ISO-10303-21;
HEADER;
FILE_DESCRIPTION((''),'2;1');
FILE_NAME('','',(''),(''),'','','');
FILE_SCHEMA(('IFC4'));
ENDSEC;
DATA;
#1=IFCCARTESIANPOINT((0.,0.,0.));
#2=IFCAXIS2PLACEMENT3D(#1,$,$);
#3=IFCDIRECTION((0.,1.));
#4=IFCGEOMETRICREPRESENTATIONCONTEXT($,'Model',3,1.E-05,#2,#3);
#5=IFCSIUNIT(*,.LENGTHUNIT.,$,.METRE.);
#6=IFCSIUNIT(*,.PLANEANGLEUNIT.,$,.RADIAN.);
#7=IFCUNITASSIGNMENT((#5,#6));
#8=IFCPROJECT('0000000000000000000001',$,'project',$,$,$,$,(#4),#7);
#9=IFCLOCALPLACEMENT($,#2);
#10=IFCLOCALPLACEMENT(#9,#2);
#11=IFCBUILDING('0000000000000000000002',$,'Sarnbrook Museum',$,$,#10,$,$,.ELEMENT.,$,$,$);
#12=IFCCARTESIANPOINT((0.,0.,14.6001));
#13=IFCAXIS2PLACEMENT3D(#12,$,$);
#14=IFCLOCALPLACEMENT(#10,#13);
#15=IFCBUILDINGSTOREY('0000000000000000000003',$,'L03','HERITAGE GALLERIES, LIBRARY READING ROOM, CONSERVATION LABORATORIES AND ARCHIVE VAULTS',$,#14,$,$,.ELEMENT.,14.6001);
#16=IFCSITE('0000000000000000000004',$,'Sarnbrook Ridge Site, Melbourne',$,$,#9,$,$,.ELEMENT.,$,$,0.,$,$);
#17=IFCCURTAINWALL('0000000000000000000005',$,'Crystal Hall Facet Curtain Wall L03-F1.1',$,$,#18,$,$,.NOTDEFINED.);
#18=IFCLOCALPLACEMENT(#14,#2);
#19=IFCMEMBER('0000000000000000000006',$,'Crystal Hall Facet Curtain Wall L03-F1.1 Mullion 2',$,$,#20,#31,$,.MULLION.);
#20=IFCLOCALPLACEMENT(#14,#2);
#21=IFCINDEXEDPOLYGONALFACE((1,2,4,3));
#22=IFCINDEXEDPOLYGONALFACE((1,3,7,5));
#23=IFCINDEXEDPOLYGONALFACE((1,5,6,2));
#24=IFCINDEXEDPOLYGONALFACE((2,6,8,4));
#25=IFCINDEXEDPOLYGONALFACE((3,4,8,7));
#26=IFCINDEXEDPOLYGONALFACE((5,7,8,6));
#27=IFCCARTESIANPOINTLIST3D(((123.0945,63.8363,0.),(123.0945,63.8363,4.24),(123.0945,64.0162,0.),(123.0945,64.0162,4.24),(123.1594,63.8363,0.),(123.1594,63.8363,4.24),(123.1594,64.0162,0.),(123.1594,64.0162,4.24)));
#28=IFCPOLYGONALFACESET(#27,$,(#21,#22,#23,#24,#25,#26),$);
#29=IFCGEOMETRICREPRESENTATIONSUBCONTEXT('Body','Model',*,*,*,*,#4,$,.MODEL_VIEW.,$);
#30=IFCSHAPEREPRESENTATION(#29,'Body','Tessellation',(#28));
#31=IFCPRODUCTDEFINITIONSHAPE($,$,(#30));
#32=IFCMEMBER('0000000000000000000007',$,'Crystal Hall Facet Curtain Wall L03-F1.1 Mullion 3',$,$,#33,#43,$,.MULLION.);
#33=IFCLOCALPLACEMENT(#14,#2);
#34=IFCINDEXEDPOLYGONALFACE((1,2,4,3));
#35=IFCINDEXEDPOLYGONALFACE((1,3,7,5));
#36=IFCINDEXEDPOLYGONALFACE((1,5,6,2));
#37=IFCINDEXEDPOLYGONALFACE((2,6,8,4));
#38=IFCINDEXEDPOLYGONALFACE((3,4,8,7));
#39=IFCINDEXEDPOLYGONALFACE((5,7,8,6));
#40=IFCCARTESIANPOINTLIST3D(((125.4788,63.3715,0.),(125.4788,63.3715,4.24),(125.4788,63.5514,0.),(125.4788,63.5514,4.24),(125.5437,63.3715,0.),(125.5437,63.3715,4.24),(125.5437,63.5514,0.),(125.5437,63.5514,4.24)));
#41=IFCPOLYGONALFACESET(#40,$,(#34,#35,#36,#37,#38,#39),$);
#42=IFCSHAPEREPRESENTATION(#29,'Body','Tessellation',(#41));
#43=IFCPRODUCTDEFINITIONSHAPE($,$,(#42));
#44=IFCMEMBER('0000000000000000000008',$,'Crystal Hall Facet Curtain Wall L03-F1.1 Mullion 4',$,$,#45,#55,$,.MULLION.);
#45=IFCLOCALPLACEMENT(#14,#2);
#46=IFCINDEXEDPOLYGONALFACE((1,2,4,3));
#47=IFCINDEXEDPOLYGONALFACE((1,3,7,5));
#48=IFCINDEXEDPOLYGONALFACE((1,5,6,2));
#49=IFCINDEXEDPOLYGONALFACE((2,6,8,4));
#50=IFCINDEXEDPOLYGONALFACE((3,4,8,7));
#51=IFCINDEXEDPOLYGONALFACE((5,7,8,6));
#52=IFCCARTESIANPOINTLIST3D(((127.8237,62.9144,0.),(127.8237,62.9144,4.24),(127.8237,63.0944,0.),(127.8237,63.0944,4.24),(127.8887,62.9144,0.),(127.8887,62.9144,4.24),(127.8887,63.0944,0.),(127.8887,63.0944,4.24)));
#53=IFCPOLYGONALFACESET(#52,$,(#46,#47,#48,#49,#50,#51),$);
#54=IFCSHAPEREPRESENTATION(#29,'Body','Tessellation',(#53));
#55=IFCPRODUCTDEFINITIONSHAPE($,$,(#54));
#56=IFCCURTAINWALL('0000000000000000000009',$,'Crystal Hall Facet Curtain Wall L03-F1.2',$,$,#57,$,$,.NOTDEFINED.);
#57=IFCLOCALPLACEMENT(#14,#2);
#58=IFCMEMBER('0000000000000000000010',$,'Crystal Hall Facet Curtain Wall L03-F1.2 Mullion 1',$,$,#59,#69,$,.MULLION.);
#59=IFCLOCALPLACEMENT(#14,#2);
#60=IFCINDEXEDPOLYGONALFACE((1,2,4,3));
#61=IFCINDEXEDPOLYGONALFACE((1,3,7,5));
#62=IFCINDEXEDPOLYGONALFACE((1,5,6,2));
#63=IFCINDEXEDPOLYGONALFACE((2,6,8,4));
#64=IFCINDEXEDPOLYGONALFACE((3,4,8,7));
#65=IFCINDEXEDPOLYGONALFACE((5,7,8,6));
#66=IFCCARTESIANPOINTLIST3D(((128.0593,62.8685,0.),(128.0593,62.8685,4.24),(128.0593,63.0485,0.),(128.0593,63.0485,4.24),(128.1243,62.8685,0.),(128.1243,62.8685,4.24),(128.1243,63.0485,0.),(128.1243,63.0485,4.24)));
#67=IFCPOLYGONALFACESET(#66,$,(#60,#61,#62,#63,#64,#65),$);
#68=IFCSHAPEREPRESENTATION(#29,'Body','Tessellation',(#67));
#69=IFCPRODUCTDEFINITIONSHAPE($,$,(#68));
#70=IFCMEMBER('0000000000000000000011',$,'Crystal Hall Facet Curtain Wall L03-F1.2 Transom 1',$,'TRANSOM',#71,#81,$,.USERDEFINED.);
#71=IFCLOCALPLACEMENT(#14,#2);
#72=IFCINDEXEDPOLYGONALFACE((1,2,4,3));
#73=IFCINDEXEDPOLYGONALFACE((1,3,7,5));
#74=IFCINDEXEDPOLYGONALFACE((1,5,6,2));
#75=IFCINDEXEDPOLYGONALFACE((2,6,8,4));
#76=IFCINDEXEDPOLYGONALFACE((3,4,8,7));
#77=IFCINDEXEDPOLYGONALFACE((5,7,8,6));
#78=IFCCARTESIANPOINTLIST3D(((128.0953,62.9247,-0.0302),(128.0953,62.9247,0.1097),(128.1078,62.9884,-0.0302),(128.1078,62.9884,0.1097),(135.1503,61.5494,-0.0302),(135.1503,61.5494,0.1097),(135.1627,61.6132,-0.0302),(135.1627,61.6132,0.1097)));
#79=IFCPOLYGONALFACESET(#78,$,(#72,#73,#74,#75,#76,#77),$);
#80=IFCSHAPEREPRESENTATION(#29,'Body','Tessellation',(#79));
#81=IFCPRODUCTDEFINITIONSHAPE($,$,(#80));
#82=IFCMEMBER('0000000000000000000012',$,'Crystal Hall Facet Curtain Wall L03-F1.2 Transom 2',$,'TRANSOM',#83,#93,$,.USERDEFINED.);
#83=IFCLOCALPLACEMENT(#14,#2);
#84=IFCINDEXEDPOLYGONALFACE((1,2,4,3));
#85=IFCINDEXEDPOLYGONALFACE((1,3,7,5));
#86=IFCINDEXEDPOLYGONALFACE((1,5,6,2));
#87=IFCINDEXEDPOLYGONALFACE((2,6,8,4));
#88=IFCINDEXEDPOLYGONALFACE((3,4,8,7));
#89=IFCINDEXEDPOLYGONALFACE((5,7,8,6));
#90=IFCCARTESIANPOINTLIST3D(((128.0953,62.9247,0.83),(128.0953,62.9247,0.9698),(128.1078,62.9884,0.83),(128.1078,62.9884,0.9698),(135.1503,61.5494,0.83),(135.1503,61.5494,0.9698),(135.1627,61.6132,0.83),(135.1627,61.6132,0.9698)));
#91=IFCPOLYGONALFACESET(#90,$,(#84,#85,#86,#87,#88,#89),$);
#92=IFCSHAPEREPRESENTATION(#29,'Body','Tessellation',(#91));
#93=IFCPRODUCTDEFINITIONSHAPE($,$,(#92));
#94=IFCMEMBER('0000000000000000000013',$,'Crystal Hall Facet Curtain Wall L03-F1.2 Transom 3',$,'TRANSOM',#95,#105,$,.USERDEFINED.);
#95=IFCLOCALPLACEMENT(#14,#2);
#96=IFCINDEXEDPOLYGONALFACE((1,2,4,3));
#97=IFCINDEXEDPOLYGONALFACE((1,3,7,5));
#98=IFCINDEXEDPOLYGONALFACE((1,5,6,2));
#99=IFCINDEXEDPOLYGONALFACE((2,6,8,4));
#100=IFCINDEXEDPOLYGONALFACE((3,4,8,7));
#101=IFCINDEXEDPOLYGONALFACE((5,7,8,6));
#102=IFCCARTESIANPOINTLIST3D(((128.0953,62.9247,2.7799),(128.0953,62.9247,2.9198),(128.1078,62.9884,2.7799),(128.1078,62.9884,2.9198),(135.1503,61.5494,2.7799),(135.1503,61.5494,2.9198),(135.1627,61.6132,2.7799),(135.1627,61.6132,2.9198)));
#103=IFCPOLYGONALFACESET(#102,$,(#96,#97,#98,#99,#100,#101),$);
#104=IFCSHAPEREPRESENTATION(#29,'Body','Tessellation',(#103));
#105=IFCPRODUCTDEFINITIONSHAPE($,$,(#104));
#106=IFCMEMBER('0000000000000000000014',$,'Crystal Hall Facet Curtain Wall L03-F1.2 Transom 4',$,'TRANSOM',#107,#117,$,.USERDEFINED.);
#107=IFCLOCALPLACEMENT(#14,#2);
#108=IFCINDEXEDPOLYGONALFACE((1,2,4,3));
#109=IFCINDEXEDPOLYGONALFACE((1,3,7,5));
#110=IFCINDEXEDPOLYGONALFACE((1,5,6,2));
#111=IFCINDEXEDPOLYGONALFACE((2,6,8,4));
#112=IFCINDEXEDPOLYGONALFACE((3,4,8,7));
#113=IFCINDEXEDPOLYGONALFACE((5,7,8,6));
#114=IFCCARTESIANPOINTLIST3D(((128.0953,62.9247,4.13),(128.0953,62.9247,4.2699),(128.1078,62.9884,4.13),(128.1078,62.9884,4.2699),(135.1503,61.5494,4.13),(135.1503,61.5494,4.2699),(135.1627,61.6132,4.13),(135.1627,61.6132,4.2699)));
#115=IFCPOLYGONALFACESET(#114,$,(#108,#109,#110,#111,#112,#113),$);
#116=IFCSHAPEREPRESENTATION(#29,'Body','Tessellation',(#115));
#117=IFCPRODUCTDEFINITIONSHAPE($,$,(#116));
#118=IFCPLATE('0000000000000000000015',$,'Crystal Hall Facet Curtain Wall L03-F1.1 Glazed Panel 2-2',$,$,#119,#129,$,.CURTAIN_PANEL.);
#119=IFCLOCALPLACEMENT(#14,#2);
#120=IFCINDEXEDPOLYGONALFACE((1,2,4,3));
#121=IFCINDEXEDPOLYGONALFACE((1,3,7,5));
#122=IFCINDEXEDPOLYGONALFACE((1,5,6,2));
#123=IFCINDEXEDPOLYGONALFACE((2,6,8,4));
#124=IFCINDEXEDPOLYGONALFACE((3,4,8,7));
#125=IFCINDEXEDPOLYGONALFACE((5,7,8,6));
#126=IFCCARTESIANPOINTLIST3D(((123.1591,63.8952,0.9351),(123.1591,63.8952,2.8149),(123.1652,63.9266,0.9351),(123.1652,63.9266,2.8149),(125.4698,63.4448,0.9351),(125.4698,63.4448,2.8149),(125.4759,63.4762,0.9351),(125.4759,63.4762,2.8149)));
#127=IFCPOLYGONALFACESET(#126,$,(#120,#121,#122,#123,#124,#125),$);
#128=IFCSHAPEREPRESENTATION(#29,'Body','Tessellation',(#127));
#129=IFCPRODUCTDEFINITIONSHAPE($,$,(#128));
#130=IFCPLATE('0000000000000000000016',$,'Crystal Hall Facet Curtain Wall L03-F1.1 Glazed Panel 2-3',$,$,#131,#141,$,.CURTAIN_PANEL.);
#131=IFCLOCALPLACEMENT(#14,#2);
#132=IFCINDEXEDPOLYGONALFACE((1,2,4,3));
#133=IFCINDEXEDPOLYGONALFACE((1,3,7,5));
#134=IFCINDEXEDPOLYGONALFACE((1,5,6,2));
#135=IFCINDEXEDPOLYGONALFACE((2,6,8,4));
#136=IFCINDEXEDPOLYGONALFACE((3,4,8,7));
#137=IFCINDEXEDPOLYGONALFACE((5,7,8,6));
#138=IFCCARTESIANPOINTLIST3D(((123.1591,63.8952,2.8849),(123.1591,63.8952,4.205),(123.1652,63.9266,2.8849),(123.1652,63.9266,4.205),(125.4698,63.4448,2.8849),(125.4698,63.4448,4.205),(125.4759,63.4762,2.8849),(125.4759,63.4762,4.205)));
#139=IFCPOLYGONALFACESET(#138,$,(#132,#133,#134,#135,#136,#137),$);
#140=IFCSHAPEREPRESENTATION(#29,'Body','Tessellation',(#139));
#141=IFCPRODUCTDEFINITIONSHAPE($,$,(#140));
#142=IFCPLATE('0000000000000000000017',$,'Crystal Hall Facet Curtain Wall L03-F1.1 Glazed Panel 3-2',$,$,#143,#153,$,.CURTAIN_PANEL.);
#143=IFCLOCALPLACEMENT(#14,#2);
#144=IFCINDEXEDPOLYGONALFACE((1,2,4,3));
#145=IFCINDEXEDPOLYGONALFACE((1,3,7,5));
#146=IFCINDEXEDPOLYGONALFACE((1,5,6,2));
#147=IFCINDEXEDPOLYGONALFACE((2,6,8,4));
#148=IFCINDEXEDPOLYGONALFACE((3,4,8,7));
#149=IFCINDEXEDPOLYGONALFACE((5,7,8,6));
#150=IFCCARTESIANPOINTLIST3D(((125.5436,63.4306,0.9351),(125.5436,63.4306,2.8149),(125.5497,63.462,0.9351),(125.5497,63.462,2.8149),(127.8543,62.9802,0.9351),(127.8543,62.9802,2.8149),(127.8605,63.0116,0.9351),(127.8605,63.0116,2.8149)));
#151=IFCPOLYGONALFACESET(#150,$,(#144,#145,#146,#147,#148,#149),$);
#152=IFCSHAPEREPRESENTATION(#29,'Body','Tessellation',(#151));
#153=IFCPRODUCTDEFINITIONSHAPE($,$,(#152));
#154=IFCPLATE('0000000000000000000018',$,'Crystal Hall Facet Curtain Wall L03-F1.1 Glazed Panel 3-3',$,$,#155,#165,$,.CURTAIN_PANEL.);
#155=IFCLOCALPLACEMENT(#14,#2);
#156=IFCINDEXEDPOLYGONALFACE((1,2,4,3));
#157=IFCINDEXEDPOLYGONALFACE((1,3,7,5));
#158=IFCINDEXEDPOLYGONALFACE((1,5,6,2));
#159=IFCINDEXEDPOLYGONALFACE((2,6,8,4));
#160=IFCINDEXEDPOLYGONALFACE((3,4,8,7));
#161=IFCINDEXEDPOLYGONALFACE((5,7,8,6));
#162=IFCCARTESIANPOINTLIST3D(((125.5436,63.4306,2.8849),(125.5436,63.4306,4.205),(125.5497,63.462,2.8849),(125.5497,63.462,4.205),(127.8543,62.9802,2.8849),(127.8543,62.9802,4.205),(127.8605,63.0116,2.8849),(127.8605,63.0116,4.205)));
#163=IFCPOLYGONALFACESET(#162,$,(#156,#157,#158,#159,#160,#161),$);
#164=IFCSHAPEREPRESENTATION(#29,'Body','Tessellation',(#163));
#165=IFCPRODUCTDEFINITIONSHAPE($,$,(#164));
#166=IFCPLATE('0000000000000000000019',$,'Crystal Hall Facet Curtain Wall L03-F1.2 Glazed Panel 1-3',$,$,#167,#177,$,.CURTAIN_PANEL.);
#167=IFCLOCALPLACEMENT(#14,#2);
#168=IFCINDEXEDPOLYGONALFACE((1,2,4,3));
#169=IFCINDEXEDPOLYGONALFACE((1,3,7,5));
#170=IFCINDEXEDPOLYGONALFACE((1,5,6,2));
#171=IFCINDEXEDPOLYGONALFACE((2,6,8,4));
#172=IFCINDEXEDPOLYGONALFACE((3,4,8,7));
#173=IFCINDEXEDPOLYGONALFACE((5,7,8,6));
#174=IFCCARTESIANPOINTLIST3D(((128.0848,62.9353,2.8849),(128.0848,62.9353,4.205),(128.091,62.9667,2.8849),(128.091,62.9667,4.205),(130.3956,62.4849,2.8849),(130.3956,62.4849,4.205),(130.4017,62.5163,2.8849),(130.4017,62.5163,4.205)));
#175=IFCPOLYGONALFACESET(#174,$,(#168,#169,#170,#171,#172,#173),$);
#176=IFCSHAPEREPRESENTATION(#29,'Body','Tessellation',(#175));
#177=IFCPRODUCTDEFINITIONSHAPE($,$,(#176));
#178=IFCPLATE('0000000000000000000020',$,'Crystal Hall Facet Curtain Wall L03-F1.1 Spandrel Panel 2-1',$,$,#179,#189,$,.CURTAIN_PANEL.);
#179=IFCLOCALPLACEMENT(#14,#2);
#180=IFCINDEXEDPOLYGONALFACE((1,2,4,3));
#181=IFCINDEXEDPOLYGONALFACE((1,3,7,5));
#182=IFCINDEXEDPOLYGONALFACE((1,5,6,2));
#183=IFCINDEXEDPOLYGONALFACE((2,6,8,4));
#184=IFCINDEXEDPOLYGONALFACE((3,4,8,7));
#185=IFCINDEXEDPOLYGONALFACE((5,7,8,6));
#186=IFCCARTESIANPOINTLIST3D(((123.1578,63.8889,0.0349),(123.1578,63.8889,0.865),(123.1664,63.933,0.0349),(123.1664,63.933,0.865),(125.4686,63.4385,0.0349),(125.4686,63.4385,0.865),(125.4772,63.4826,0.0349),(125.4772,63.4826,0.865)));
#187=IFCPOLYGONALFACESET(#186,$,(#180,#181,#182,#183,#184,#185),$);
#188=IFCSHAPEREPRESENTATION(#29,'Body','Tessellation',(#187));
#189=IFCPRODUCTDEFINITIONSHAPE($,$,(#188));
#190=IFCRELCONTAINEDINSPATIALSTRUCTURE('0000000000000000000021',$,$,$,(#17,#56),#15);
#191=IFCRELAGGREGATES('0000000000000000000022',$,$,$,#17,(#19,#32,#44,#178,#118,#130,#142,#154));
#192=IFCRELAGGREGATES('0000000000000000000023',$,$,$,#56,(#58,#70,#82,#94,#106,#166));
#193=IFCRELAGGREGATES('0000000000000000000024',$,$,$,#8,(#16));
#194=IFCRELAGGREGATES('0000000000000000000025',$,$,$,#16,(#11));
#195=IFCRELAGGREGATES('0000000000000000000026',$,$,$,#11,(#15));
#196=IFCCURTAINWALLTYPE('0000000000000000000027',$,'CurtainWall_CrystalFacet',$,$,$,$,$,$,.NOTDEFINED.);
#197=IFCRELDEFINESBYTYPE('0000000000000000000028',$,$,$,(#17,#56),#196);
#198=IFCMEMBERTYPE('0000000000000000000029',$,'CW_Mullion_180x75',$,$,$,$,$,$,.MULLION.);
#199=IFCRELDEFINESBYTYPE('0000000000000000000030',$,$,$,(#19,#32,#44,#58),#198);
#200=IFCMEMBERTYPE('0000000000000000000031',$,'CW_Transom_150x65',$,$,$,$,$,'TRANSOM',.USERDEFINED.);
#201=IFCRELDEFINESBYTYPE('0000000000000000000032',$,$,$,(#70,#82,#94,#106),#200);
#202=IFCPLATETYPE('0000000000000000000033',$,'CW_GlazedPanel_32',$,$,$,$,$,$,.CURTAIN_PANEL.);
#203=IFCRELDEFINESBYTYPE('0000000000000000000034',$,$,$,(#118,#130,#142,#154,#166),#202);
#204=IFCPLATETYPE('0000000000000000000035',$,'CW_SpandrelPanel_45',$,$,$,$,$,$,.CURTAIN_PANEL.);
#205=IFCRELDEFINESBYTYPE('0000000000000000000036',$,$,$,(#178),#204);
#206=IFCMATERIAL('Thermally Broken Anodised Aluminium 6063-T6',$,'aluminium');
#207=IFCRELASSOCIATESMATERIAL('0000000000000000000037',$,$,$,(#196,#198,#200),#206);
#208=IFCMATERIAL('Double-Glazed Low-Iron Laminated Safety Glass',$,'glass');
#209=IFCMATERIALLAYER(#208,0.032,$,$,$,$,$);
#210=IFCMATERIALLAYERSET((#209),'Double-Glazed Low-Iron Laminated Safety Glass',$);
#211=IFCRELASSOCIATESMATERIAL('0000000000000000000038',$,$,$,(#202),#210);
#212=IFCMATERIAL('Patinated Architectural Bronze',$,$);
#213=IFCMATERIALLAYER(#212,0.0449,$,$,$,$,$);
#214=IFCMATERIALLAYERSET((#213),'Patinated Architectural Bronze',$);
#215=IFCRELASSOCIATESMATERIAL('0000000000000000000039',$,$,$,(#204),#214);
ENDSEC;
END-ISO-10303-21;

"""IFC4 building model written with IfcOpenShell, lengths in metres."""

from ifc_helpers import new_model, si_unit, direction, frame, origin, origin_2d, place, context, subcontext, project, spatial, rectangle, extrude, material, layer, layer_set, material_profile, profile_set, type_object, element, aggregate, save


model = new_model("IFC4")

# Units and contexts
model_context = context("Model", 3, precision=1e-05, world=origin(), true_north=direction((0.0, 1.0)))
body_context = subcontext(model_context, "Body", "Model", "MODEL_VIEW")
ifc_project = project(units=[si_unit("LENGTHUNIT", "METRE"), si_unit("PLANEANGLEUNIT", "RADIAN")], contexts=[model_context])

# Site, building, storey
site_placement = place(None, origin())
site = spatial("IfcSite", under=ifc_project, at=site_placement, Name="Sarnbrook Ridge Site, Melbourne", CompositionType="ELEMENT", RefElevation=0.0)
building_placement = place(site_placement, origin())
building = spatial("IfcBuilding", under=site, at=building_placement, Name="Sarnbrook Museum", CompositionType="ELEMENT")
storey_placement = place(building_placement, frame((0.0, 0.0, 14.6001)))
storey = spatial("IfcBuildingStorey", under=building, at=storey_placement, Name="L03", Description="HERITAGE GALLERIES, LIBRARY READING ROOM, CONSERVATION LABORATORIES AND ARCHIVE VAULTS", CompositionType="ELEMENT", Elevation=14.6001)

# Curtain walls, members
ifc_material_1 = material(Name="Thermally Broken Anodised Aluminium 6063-T6", Category="aluminium")
curtain_wall_type = type_object("IfcCurtainWallType", Name="CurtainWall_CrystalFacet", PredefinedType="NOTDEFINED", material=ifc_material_1)
curtain_wall_1_placement = place(storey_placement, origin())
curtain_wall_1 = element("IfcCurtainWall", 1, at=curtain_wall_1_placement, inside=storey, type_object=curtain_wall_type, Name="Crystal Hall Facet Curtain Wall L03-F1.1", PredefinedType="NOTDEFINED")
ifc_material_profile_1 = material_profile(ifc_material_1, rectangle(XDim=0.0649, YDim=0.1799, at=origin_2d()), Name="ALU MULLION 65x180")
ifc_profile_set_1 = profile_set([ifc_material_profile_1], Name="Thermally Broken Anodised Aluminium 6063-T6")
member_type_1 = type_object("IfcMemberType", Name="CW_Mullion_180x75", PredefinedType="MULLION", material=ifc_profile_set_1)
member_1_placement = place(storey_placement, frame((123.127, 63.9263, 0.0), z_axis=(0.0, 0.0, 1.0), x_axis=(1.0, 0.0, 0.0)))
member_1 = element("IfcMember", 2, at=member_1_placement, type_object=member_type_1, Name="Crystal Hall Facet Curtain Wall L03-F1.1 Mullion 2", PredefinedType="MULLION", context=body_context, shape_type="SweptSolid", body=[
    extrude(rectangle(XDim=0.0649, YDim=0.1799, at=origin_2d()), origin(), (0.0, 0.0, 1.0), 4.24),
])
member_2_placement = place(storey_placement, frame((125.5112, 63.4614, 0.0), z_axis=(0.0, 0.0, 1.0), x_axis=(1.0, 0.0, 0.0)))
member_2 = element("IfcMember", 3, at=member_2_placement, type_object=member_type_1, Name="Crystal Hall Facet Curtain Wall L03-F1.1 Mullion 3", PredefinedType="MULLION", context=body_context, shape_type="SweptSolid", body=[
    extrude(rectangle(XDim=0.0649, YDim=0.1799, at=origin_2d()), origin(), (0.0, 0.0, 1.0), 4.24),
])
member_3_placement = place(storey_placement, frame((127.8562, 63.0044, 0.0), z_axis=(0.0, 0.0, 1.0), x_axis=(1.0, 0.0, 0.0)))
member_3 = element("IfcMember", 4, at=member_3_placement, type_object=member_type_1, Name="Crystal Hall Facet Curtain Wall L03-F1.1 Mullion 4", PredefinedType="MULLION", context=body_context, shape_type="SweptSolid", body=[
    extrude(rectangle(XDim=0.0649, YDim=0.1799, at=origin_2d()), origin(), (0.0, 0.0, 1.0), 4.24),
])
curtain_wall_2_placement = place(storey_placement, origin())
curtain_wall_2 = element("IfcCurtainWall", 5, at=curtain_wall_2_placement, inside=storey, type_object=curtain_wall_type, Name="Crystal Hall Facet Curtain Wall L03-F1.2", PredefinedType="NOTDEFINED")
member_4_placement = place(storey_placement, frame((128.0918, 62.9585, 0.0), z_axis=(0.0, 0.0, 1.0), x_axis=(1.0, 0.0, 0.0)))
member_4 = element("IfcMember", 6, at=member_4_placement, type_object=member_type_1, Name="Crystal Hall Facet Curtain Wall L03-F1.2 Mullion 1", PredefinedType="MULLION", context=body_context, shape_type="SweptSolid", body=[
    extrude(rectangle(XDim=0.0649, YDim=0.1799, at=origin_2d()), origin(), (0.0, 0.0, 1.0), 4.24),
])
ifc_material_profile_2 = material_profile(ifc_material_1, rectangle(XDim=0.0649, YDim=0.1399, at=origin_2d()), Name="ALU TRANSOM 65x140")
ifc_profile_set_2 = profile_set([ifc_material_profile_2], Name="Thermally Broken Anodised Aluminium 6063-T6")
member_type_2 = type_object("IfcMemberType", Name="CW_Transom_150x65", ElementType="TRANSOM", PredefinedType="USERDEFINED", material=ifc_profile_set_2)
member_5_placement = place(storey_placement, frame((128.1016, 62.9565, 0.0398), z_axis=(0.981525, -0.191332, 0.0), x_axis=(0.191332, 0.981525, 0.0)))
member_5 = element("IfcMember", 7, at=member_5_placement, type_object=member_type_2, Name="Crystal Hall Facet Curtain Wall L03-F1.2 Transom 1", ObjectType="TRANSOM", PredefinedType="USERDEFINED", context=body_context, shape_type="SweptSolid", body=[
    extrude(rectangle(XDim=0.0649, YDim=0.1399, at=origin_2d()), origin(), (0.0, 0.0, 1.0), 7.1877),
])
member_6_placement = place(storey_placement, frame((128.1016, 62.9565, 0.8999), z_axis=(0.981525, -0.191332, 0.0), x_axis=(0.191332, 0.981525, 0.0)))
member_6 = element("IfcMember", 8, at=member_6_placement, type_object=member_type_2, Name="Crystal Hall Facet Curtain Wall L03-F1.2 Transom 2", ObjectType="TRANSOM", PredefinedType="USERDEFINED", context=body_context, shape_type="SweptSolid", body=[
    extrude(rectangle(XDim=0.0649, YDim=0.1399, at=origin_2d()), origin(), (0.0, 0.0, 1.0), 7.1877),
])
member_7_placement = place(storey_placement, frame((128.1016, 62.9565, 2.8499), z_axis=(0.981525, -0.191332, 0.0), x_axis=(0.191332, 0.981525, 0.0)))
member_7 = element("IfcMember", 9, at=member_7_placement, type_object=member_type_2, Name="Crystal Hall Facet Curtain Wall L03-F1.2 Transom 3", ObjectType="TRANSOM", PredefinedType="USERDEFINED", context=body_context, shape_type="SweptSolid", body=[
    extrude(rectangle(XDim=0.0649, YDim=0.1399, at=origin_2d()), origin(), (0.0, 0.0, 1.0), 7.1877),
])
member_8_placement = place(storey_placement, frame((128.1016, 62.9565, 4.2), z_axis=(0.981525, -0.191332, 0.0), x_axis=(0.191332, 0.981525, 0.0)))
member_8 = element("IfcMember", 10, at=member_8_placement, type_object=member_type_2, Name="Crystal Hall Facet Curtain Wall L03-F1.2 Transom 4", ObjectType="TRANSOM", PredefinedType="USERDEFINED", context=body_context, shape_type="SweptSolid", body=[
    extrude(rectangle(XDim=0.0649, YDim=0.1399, at=origin_2d()), origin(), (0.0, 0.0, 1.0), 7.1877),
])

# Plates
ifc_material_2 = material(Name="Double-Glazed Low-Iron Laminated Safety Glass", Category="glass")
ifc_layer_1 = layer(ifc_material_2, 0.032)
ifc_layer_set_1 = layer_set([ifc_layer_1], Name="Double-Glazed Low-Iron Laminated Safety Glass")
plate_type_1 = type_object("IfcPlateType", Name="CW_GlazedPanel_32", PredefinedType="CURTAIN_PANEL", material=ifc_layer_set_1)
plate_1_placement = place(storey_placement, frame((124.3206, 63.7014, 1.875), z_axis=(-0.191314, -0.981529, 0.0), x_axis=(0.981529, -0.191314, 0.0)))
plate_1 = element("IfcPlate", 11, at=plate_1_placement, type_object=plate_type_1, Name="Crystal Hall Facet Curtain Wall L03-F1.1 Glazed Panel 2-2", PredefinedType="CURTAIN_PANEL", context=body_context, shape_type="SweptSolid", body=[
    extrude(rectangle(XDim=2.3542, YDim=1.8799, at=origin_2d()), origin(), (0.0, 0.0, 1.0), 0.032),
])
plate_2_placement = place(storey_placement, frame((124.3206, 63.7014, 3.5449), z_axis=(-0.191314, -0.981529, 0.0), x_axis=(0.981529, -0.191314, 0.0)))
plate_2 = element("IfcPlate", 12, at=plate_2_placement, type_object=plate_type_1, Name="Crystal Hall Facet Curtain Wall L03-F1.1 Glazed Panel 2-3", PredefinedType="CURTAIN_PANEL", context=body_context, shape_type="SweptSolid", body=[
    extrude(rectangle(XDim=2.3542, YDim=1.3201, at=origin_2d()), origin(), (0.0, 0.0, 1.0), 0.032),
])
plate_3_placement = place(storey_placement, frame((126.7051, 63.2368, 1.875), z_axis=(-0.191314, -0.981529, 0.0), x_axis=(0.981529, -0.191314, 0.0)))
plate_3 = element("IfcPlate", 13, at=plate_3_placement, type_object=plate_type_1, Name="Crystal Hall Facet Curtain Wall L03-F1.1 Glazed Panel 3-2", PredefinedType="CURTAIN_PANEL", context=body_context, shape_type="SweptSolid", body=[
    extrude(rectangle(XDim=2.3542, YDim=1.8799, at=origin_2d()), origin(), (0.0, 0.0, 1.0), 0.032),
])
plate_4_placement = place(storey_placement, frame((126.7051, 63.2368, 3.5449), z_axis=(-0.191314, -0.981529, 0.0), x_axis=(0.981529, -0.191314, 0.0)))
plate_4 = element("IfcPlate", 14, at=plate_4_placement, type_object=plate_type_1, Name="Crystal Hall Facet Curtain Wall L03-F1.1 Glazed Panel 3-3", PredefinedType="CURTAIN_PANEL", context=body_context, shape_type="SweptSolid", body=[
    extrude(rectangle(XDim=2.3542, YDim=1.3201, at=origin_2d()), origin(), (0.0, 0.0, 1.0), 0.032),
])
plate_5_placement = place(storey_placement, frame((129.2463, 62.7415, 3.5449), z_axis=(-0.191314, -0.981529, 0.0), x_axis=(0.981529, -0.191314, 0.0)))
plate_5 = element("IfcPlate", 15, at=plate_5_placement, type_object=plate_type_1, Name="Crystal Hall Facet Curtain Wall L03-F1.2 Glazed Panel 1-3", PredefinedType="CURTAIN_PANEL", context=body_context, shape_type="SweptSolid", body=[
    extrude(rectangle(XDim=2.3542, YDim=1.3201, at=origin_2d()), origin(), (0.0, 0.0, 1.0), 0.032),
])
ifc_material_3 = material(Name="Patinated Architectural Bronze")
ifc_layer_2 = layer(ifc_material_3, 0.0449)
ifc_layer_set_2 = layer_set([ifc_layer_2], Name="Patinated Architectural Bronze")
plate_type_2 = type_object("IfcPlateType", Name="CW_SpandrelPanel_45", PredefinedType="CURTAIN_PANEL", material=ifc_layer_set_2)
plate_6_placement = place(storey_placement, frame((124.3218, 63.7078, 0.45), z_axis=(-0.191314, -0.981529, 0.0), x_axis=(0.981529, -0.191314, 0.0)))
plate_6 = element("IfcPlate", 16, at=plate_6_placement, type_object=plate_type_2, Name="Crystal Hall Facet Curtain Wall L03-F1.1 Spandrel Panel 2-1", PredefinedType="CURTAIN_PANEL", context=body_context, shape_type="SweptSolid", body=[
    extrude(rectangle(XDim=2.3542, YDim=0.8301, at=origin_2d()), origin(), (0.0, 0.0, 1.0), 0.0449),
])
aggregate(curtain_wall_1, [member_1, member_2, member_3, plate_6, plate_1, plate_2, plate_3, plate_4])
aggregate(curtain_wall_2, [member_4, member_5, member_6, member_7, member_8, plate_5])

save(model, "model.ifc")
